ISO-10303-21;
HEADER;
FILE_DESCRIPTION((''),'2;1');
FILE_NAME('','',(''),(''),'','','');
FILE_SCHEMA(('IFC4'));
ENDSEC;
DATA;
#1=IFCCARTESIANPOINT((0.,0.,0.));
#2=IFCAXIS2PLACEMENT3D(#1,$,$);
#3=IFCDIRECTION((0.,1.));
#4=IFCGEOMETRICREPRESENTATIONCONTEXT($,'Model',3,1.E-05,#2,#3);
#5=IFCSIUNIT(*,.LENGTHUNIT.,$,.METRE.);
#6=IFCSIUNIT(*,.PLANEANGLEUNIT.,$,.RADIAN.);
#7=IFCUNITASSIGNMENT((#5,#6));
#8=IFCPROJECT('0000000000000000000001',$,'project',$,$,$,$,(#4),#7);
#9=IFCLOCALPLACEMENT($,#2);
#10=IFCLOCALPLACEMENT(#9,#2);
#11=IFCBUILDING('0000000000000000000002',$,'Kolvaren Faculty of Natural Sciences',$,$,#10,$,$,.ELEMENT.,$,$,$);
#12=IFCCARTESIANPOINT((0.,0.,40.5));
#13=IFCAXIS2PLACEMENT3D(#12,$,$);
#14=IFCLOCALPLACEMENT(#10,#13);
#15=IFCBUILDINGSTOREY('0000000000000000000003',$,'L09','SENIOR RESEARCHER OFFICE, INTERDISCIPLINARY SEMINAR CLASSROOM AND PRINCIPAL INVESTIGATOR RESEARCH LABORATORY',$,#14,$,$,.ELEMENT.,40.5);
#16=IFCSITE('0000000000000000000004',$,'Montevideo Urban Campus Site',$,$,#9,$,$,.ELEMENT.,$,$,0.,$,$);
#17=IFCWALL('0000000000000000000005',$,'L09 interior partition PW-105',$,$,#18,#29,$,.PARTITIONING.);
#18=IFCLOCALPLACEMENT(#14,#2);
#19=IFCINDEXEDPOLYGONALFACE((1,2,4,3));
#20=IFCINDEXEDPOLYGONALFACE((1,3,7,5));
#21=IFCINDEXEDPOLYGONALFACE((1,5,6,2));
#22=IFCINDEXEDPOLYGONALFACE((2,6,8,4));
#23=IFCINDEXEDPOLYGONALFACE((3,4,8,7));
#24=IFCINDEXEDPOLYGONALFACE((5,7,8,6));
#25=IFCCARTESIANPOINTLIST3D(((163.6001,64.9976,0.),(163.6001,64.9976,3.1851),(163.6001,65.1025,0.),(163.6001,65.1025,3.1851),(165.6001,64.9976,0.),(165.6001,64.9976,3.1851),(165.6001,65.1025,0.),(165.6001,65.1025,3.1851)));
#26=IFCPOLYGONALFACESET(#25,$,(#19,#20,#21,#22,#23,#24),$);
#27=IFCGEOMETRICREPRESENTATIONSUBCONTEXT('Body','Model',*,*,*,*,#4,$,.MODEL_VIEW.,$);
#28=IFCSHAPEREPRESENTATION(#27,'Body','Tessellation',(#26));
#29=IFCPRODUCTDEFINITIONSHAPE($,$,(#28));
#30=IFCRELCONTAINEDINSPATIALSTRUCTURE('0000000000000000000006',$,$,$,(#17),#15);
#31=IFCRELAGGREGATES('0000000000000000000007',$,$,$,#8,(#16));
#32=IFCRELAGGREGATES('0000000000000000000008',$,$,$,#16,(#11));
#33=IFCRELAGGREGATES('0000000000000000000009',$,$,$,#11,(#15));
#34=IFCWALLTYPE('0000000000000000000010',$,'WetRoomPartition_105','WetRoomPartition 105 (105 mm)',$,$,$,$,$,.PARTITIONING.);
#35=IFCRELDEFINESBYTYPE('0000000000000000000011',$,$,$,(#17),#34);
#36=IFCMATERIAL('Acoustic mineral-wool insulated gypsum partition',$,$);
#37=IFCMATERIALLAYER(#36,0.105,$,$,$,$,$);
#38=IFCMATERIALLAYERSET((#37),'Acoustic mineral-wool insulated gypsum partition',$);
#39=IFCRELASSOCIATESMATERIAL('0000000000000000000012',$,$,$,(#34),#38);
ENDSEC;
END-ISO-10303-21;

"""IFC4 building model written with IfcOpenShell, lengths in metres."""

from ifc_helpers import new_model, si_unit, direction, frame, frame_2d, origin, place, context, subcontext, project, spatial, rectangle, extrude, material, layer, layer_set, type_object, element, save


model = new_model("IFC4")

# Units and contexts
model_context = context("Model", 3, precision=1e-05, world=origin(), true_north=direction((0.0, 1.0)))
body_context = subcontext(model_context, "Body", "Model", "MODEL_VIEW")
ifc_project = project(units=[si_unit("LENGTHUNIT", "METRE"), si_unit("PLANEANGLEUNIT", "RADIAN")], contexts=[model_context])

# Site, building, storey
site_placement = place(None, origin())
site = spatial("IfcSite", under=ifc_project, at=site_placement, Name="Montevideo Urban Campus Site", CompositionType="ELEMENT", RefElevation=0.0)
building_placement = place(site_placement, origin())
building = spatial("IfcBuilding", under=site, at=building_placement, Name="Kolvaren Faculty of Natural Sciences", CompositionType="ELEMENT")
storey_placement = place(building_placement, frame((0.0, 0.0, 40.5)))
storey = spatial("IfcBuildingStorey", under=building, at=storey_placement, Name="L09", Description="SENIOR RESEARCHER OFFICE, INTERDISCIPLINARY SEMINAR CLASSROOM AND PRINCIPAL INVESTIGATOR RESEARCH LABORATORY", CompositionType="ELEMENT", Elevation=40.5)

# Wall
ifc_material_1 = material(Name="Acoustic mineral-wool insulated gypsum partition")
ifc_layer_1 = layer(ifc_material_1, 0.105)
ifc_layer_set_1 = layer_set([ifc_layer_1], Name="Acoustic mineral-wool insulated gypsum partition")
wall_type_1 = type_object("IfcWallType", Name="WetRoomPartition_105", Description="WetRoomPartition 105 (105 mm)", PredefinedType="PARTITIONING", material=ifc_layer_set_1)
wall_1_placement = place(storey_placement, frame((163.6001, 65.05, 0.0), z_axis=(0.0, 0.0, 1.0), x_axis=(1.0, 0.0, 0.0)))
element("IfcWall", 1, at=wall_1_placement, inside=storey, type_object=wall_type_1, Name="L09 interior partition PW-105", PredefinedType="PARTITIONING", context=body_context, shape_type="SweptSolid", body=[
    extrude(rectangle(XDim=2.0, YDim=0.105, at=frame_2d((1.0, 0.0))), origin(), (0.0, 0.0, 1.0), 3.1851),
])

save(model, "model.ifc")
